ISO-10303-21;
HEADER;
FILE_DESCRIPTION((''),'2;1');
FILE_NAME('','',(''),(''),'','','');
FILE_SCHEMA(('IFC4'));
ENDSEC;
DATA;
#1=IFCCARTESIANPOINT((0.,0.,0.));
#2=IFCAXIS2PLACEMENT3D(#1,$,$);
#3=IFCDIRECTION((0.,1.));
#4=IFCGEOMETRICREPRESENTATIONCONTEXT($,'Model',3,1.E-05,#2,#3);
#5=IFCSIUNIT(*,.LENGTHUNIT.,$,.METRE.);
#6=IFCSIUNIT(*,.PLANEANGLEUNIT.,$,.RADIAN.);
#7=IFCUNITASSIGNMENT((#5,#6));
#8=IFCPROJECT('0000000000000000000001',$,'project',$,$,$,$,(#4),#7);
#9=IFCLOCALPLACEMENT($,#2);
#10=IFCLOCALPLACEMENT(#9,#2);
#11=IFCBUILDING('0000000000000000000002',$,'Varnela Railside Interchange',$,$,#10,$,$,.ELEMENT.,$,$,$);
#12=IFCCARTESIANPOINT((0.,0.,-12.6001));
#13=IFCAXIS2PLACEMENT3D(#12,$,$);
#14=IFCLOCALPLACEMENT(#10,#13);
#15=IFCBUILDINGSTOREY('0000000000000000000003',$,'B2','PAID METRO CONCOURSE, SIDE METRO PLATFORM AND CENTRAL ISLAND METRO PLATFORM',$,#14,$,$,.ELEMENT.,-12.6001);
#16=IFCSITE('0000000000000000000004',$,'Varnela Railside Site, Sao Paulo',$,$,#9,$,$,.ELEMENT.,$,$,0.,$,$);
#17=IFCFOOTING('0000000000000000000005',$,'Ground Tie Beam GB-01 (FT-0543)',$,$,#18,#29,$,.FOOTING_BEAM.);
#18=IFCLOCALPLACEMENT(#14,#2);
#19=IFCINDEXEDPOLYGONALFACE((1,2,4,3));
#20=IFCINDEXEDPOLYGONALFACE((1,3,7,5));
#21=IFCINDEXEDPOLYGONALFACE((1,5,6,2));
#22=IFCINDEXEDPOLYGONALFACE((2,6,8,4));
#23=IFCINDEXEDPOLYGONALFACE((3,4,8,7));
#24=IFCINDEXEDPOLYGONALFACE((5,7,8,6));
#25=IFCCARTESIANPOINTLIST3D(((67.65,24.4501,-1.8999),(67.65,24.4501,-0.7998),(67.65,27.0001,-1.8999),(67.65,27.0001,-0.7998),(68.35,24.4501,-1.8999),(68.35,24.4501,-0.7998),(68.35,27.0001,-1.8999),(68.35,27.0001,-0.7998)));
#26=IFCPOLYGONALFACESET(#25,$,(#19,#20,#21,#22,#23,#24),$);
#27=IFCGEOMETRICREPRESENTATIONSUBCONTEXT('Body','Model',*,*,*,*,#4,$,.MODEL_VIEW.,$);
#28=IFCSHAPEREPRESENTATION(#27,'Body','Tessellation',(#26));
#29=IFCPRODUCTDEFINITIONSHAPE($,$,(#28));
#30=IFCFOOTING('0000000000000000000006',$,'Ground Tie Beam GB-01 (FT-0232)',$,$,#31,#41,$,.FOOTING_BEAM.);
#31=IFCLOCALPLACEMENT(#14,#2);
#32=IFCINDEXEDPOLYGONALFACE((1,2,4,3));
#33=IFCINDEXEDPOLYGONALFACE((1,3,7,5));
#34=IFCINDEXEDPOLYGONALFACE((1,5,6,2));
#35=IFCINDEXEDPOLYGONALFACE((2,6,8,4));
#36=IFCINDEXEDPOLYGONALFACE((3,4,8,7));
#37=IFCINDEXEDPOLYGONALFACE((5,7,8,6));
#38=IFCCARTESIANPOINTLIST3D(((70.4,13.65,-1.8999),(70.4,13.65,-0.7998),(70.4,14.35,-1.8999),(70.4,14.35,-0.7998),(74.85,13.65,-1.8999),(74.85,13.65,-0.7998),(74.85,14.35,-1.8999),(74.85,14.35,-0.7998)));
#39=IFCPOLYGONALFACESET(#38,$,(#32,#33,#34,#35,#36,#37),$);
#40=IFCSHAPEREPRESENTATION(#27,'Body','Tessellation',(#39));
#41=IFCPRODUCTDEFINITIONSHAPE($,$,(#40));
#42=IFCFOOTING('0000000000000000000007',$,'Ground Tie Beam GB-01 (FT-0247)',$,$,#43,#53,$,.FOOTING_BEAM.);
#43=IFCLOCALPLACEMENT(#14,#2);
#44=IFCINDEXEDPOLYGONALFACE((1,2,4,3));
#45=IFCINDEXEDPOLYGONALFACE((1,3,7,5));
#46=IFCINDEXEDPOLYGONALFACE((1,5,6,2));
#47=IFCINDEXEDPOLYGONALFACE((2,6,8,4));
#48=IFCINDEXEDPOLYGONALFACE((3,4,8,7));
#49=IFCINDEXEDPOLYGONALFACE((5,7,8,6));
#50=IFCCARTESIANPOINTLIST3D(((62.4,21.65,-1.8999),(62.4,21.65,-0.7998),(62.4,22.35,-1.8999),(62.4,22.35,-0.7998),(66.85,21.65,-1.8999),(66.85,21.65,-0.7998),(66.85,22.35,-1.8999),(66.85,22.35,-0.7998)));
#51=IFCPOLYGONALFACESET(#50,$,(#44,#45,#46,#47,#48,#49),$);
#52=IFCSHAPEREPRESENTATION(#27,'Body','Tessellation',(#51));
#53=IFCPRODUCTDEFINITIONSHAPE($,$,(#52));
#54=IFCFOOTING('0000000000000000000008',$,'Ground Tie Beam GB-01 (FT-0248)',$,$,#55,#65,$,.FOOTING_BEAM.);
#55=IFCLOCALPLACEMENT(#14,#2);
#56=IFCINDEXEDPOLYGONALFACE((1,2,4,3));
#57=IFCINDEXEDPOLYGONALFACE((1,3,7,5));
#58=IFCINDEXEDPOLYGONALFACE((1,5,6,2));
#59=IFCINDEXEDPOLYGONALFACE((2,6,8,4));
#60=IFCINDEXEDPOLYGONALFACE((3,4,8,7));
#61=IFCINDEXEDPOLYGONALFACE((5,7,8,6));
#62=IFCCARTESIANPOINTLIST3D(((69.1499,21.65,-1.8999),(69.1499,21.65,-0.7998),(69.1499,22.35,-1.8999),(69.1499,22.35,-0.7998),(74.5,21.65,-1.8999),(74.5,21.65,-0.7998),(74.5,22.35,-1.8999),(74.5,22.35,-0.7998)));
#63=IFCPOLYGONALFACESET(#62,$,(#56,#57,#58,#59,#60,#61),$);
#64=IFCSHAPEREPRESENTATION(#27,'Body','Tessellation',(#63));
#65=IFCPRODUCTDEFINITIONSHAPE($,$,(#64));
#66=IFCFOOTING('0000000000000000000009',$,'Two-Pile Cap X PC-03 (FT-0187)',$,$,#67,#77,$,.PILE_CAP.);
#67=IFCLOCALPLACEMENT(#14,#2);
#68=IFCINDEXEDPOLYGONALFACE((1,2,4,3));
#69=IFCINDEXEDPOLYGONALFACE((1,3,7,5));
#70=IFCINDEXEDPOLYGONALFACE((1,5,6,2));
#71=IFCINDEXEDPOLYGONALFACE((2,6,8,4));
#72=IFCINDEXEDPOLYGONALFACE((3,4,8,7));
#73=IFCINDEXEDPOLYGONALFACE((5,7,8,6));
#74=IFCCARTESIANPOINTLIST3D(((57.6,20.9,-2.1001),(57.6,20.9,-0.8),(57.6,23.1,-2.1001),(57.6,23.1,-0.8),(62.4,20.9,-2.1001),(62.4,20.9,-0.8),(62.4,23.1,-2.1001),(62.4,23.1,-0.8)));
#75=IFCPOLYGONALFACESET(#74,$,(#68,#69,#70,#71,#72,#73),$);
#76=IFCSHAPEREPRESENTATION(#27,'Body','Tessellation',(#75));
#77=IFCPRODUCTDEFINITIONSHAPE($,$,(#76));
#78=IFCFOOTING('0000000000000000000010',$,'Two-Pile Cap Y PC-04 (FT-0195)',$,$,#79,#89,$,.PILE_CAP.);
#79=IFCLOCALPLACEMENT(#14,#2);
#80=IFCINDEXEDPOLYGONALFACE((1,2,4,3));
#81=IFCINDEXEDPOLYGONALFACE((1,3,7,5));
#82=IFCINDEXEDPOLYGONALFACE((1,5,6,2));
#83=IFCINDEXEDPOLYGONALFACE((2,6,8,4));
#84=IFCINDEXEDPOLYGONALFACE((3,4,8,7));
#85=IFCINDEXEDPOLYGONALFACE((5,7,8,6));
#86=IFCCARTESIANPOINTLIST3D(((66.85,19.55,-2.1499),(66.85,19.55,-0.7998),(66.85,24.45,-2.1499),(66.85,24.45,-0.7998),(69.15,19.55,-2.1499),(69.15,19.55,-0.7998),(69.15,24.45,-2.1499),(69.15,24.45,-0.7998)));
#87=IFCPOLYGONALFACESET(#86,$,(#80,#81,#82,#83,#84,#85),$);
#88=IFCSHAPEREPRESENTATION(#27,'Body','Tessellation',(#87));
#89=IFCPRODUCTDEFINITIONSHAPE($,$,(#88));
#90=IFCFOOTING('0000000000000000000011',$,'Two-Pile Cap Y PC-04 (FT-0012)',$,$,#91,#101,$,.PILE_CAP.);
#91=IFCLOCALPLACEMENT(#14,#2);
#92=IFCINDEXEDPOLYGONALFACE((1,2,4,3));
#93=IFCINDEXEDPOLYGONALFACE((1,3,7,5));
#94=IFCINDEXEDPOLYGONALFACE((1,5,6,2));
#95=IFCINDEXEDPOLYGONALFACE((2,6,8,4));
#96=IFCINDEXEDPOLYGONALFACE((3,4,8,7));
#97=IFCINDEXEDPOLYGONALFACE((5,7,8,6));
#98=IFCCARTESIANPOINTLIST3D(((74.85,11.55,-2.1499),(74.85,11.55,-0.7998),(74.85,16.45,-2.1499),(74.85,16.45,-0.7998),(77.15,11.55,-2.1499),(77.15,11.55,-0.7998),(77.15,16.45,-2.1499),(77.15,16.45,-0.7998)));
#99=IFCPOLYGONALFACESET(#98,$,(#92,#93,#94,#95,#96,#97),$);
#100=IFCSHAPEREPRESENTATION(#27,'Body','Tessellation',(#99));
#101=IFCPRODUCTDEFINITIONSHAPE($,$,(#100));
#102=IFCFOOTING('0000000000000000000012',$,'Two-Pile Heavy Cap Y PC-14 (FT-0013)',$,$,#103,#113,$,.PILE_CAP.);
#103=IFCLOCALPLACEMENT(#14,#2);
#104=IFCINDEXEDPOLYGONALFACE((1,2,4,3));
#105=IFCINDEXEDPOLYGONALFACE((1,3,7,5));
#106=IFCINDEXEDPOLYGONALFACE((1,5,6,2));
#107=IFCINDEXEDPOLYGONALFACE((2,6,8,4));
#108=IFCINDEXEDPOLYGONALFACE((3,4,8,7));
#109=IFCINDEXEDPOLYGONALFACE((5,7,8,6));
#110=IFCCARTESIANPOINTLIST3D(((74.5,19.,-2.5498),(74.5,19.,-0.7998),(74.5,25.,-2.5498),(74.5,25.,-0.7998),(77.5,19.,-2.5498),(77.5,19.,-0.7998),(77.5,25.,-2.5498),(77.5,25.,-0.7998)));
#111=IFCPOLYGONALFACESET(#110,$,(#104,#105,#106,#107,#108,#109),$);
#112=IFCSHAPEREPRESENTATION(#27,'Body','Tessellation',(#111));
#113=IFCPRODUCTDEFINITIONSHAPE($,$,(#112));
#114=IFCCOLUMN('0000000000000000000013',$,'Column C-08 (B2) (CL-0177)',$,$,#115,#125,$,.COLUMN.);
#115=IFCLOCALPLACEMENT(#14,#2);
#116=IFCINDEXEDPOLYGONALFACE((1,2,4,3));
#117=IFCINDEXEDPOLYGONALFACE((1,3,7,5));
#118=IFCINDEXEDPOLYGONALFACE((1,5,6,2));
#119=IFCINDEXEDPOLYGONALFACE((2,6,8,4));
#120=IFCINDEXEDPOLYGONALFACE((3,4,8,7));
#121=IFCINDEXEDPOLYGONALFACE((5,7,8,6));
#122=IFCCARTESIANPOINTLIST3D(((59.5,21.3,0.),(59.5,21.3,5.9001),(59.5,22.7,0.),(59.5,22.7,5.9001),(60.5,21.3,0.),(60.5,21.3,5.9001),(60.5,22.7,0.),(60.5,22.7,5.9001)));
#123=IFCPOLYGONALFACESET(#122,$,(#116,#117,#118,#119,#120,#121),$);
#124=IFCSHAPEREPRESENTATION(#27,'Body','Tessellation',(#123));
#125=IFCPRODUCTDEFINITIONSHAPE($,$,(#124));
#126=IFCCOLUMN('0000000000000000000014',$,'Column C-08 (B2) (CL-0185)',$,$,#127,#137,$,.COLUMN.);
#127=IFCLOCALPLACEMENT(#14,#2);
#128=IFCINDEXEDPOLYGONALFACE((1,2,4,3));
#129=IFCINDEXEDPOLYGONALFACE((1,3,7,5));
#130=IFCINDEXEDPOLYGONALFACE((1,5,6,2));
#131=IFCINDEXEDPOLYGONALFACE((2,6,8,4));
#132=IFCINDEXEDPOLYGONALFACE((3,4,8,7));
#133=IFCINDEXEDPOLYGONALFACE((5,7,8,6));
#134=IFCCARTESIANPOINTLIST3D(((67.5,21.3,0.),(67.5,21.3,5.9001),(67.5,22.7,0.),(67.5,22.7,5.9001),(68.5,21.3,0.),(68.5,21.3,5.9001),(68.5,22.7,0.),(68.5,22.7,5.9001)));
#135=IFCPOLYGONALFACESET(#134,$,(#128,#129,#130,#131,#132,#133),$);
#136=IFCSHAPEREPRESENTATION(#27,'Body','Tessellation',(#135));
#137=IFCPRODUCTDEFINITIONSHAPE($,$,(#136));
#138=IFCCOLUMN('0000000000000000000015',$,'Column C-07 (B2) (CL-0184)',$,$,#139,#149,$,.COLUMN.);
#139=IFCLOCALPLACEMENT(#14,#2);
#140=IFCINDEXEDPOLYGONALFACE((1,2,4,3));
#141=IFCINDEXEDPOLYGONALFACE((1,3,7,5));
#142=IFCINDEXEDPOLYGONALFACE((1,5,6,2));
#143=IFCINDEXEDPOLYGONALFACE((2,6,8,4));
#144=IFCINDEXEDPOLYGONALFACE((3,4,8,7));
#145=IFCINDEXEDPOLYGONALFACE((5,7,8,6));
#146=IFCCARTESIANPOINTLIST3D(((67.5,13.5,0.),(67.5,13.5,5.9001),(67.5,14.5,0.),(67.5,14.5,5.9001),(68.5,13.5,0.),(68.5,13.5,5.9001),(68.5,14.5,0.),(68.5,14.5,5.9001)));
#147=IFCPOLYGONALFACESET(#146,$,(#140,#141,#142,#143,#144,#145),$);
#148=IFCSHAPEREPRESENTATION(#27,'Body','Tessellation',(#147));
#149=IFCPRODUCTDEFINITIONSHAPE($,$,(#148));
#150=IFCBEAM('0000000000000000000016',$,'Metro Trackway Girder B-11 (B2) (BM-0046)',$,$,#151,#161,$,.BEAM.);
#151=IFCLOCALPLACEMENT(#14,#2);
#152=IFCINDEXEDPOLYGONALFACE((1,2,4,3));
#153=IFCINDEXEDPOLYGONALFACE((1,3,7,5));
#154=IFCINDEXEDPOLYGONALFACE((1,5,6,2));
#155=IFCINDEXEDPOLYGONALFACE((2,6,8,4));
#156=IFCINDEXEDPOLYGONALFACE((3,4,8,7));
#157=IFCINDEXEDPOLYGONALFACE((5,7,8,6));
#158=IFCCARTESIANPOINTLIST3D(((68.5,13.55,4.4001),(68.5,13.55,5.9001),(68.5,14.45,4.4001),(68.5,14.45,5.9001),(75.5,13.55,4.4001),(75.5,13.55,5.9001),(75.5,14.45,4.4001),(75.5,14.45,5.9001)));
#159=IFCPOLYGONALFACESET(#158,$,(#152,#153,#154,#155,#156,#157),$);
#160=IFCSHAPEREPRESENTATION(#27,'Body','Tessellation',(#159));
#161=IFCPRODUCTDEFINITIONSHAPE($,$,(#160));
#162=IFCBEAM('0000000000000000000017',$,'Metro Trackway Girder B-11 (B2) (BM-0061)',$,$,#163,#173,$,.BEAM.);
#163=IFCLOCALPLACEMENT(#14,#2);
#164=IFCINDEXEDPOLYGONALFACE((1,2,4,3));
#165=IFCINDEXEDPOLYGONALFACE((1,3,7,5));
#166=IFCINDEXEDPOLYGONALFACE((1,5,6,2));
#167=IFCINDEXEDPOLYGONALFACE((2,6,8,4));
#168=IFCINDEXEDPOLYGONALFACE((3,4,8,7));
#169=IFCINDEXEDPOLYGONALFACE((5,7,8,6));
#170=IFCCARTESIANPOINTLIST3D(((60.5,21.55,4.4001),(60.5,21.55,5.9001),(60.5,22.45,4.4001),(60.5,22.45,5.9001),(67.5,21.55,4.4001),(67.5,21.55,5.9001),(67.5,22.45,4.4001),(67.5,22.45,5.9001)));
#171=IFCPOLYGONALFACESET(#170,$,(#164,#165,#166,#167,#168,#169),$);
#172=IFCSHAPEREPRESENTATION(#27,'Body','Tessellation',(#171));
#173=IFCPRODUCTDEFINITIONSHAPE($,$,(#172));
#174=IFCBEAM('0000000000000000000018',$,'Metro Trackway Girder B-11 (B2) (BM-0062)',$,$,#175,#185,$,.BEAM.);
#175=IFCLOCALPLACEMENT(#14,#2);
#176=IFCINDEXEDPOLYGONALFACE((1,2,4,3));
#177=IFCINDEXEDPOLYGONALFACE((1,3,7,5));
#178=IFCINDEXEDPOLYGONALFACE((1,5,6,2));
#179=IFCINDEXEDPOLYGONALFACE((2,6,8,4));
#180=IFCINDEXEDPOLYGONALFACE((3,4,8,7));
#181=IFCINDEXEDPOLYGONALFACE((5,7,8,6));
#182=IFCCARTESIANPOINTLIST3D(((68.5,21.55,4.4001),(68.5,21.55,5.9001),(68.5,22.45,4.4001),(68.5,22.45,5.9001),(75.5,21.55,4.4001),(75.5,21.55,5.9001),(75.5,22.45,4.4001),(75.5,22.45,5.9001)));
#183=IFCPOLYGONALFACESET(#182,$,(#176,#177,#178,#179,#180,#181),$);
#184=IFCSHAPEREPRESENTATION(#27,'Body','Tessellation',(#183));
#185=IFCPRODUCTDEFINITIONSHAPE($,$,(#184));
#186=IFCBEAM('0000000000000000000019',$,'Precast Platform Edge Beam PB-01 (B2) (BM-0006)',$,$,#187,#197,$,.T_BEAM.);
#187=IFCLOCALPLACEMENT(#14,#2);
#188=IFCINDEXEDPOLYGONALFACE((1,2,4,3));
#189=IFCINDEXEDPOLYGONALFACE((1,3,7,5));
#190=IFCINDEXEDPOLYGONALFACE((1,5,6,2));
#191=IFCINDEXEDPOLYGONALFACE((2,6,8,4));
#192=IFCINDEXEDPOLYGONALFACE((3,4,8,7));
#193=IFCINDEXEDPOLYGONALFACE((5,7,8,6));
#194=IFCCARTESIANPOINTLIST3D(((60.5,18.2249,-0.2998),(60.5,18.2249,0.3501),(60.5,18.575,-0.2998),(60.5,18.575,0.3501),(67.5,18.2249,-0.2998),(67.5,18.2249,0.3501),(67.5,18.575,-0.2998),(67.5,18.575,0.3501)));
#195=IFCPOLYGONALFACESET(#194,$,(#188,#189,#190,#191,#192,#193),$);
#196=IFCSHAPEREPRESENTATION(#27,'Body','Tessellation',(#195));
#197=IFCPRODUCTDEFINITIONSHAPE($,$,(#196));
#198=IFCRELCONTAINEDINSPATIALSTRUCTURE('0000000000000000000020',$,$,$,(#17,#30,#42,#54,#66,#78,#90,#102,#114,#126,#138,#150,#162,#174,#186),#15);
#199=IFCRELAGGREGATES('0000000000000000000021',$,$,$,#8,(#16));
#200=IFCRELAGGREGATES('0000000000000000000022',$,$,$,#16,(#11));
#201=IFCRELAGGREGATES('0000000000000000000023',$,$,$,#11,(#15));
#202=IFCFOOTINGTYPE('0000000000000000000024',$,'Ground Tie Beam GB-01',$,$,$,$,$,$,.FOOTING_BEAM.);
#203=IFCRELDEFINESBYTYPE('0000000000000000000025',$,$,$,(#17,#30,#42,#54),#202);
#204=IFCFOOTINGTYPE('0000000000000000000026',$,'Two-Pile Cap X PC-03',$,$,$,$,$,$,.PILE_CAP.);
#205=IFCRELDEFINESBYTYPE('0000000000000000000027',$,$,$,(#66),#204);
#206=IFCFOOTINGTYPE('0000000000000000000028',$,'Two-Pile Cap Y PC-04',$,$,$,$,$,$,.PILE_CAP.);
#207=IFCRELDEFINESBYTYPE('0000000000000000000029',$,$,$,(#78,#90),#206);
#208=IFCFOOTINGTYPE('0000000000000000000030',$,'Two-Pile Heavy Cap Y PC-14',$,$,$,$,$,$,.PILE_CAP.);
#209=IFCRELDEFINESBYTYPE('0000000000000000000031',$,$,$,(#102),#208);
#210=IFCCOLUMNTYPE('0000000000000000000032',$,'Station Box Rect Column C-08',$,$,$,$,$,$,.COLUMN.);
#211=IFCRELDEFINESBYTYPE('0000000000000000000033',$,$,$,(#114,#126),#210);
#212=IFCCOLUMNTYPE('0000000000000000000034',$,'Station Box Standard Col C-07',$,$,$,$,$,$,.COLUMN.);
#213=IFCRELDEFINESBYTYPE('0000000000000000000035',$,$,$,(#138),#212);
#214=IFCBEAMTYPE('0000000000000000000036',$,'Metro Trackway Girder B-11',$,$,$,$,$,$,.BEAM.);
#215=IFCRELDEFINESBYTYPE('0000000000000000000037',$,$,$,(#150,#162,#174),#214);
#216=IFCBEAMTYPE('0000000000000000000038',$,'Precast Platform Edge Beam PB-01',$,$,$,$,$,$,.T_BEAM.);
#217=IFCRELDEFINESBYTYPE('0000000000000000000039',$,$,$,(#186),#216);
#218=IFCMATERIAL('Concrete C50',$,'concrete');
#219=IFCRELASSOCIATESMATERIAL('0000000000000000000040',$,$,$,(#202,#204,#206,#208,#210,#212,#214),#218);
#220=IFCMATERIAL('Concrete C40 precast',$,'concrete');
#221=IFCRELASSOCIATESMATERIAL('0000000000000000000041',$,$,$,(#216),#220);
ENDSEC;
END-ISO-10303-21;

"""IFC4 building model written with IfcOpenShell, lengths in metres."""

from ifc_helpers import new_model, si_unit, direction, frame, origin, origin_2d, place, context, subcontext, project, spatial, rectangle, extrude, material, material_profile, profile_set, type_object, element, save


model = new_model("IFC4")

# Units and contexts
model_context = context("Model", 3, precision=1e-05, world=origin(), true_north=direction((0.0, 1.0)))
body_context = subcontext(model_context, "Body", "Model", "MODEL_VIEW")
ifc_project = project(units=[si_unit("LENGTHUNIT", "METRE"), si_unit("PLANEANGLEUNIT", "RADIAN")], contexts=[model_context])

# Site, building, storey
site_placement = place(None, origin())
site = spatial("IfcSite", under=ifc_project, at=site_placement, Name="Varnela Railside Site, Sao Paulo", CompositionType="ELEMENT", RefElevation=0.0)
building_placement = place(site_placement, origin())
building = spatial("IfcBuilding", under=site, at=building_placement, Name="Varnela Railside Interchange", CompositionType="ELEMENT")
storey_placement = place(building_placement, frame((0.0, 0.0, -12.6001)))
storey = spatial("IfcBuildingStorey", under=building, at=storey_placement, Name="B2", Description="PAID METRO CONCOURSE, SIDE METRO PLATFORM AND CENTRAL ISLAND METRO PLATFORM", CompositionType="ELEMENT", Elevation=-12.6001)

# Footings
ifc_material_1 = material(Name="Concrete C50", Category="concrete")
footing_type_1 = type_object("IfcFootingType", Name="Ground Tie Beam GB-01", PredefinedType="FOOTING_BEAM", material=ifc_material_1)
footing_1_placement = place(storey_placement, frame((68.0, 25.7251, -1.8999), z_axis=(0.0, 0.0, 1.0), x_axis=(1.0, 0.0, 0.0)))
element("IfcFooting", 1, at=footing_1_placement, inside=storey, type_object=footing_type_1, Name="Ground Tie Beam GB-01 (FT-0543)", PredefinedType="FOOTING_BEAM", context=body_context, shape_type="SweptSolid", body=[
    extrude(rectangle(XDim=0.7, YDim=2.55, at=origin_2d()), origin(), (0.0, 0.0, 1.0), 1.1001),
])
for number, where, z_axis, x_axis, name in (
    (2, (72.625, 14.0, -1.8999), (0.0, 0.0, 1.0), (1.0, 0.0, 0.0), "Ground Tie Beam GB-01 (FT-0232)"),
    (3, (64.625, 22.0, -1.8999), (0.0, 0.0, 1.0), (1.0, 0.0, 0.0), "Ground Tie Beam GB-01 (FT-0247)"),
):
    element("IfcFooting", number, at=place(storey_placement, frame(where, z_axis=z_axis, x_axis=x_axis)), inside=storey, type_object=footing_type_1, Name=name, PredefinedType="FOOTING_BEAM", context=body_context, shape_type="SweptSolid", body=[
        extrude(rectangle(XDim=4.45, YDim=0.7, at=origin_2d()), origin(), (0.0, 0.0, 1.0), 1.1001),
    ])
footing_2_placement = place(storey_placement, frame((71.825, 22.0, -1.8999), z_axis=(0.0, 0.0, 1.0), x_axis=(1.0, 0.0, 0.0)))
element("IfcFooting", 4, at=footing_2_placement, inside=storey, type_object=footing_type_1, Name="Ground Tie Beam GB-01 (FT-0248)", PredefinedType="FOOTING_BEAM", context=body_context, shape_type="SweptSolid", body=[
    extrude(rectangle(XDim=5.3501, YDim=0.7, at=origin_2d()), origin(), (0.0, 0.0, 1.0), 1.1001),
])
footing_type_2 = type_object("IfcFootingType", Name="Two-Pile Cap X PC-03", PredefinedType="PILE_CAP", material=ifc_material_1)
footing_3_placement = place(storey_placement, frame((60.0, 22.0, -2.1001), z_axis=(0.0, 0.0, 1.0), x_axis=(1.0, 0.0, 0.0)))
element("IfcFooting", 5, at=footing_3_placement, inside=storey, type_object=footing_type_2, Name="Two-Pile Cap X PC-03 (FT-0187)", PredefinedType="PILE_CAP", context=body_context, shape_type="SweptSolid", body=[
    extrude(rectangle(XDim=4.8, YDim=2.2, at=origin_2d()), origin(), (0.0, 0.0, 1.0), 1.3),
])
footing_type_3 = type_object("IfcFootingType", Name="Two-Pile Cap Y PC-04", PredefinedType="PILE_CAP", material=ifc_material_1)
for number, where, z_axis, x_axis, name in (
    (6, (68.0, 22.0, -2.1499), (0.0, 0.0, 1.0), (1.0, 0.0, 0.0), "Two-Pile Cap Y PC-04 (FT-0195)"),
    (7, (76.0, 14.0, -2.1499), (0.0, 0.0, 1.0), (1.0, 0.0, 0.0), "Two-Pile Cap Y PC-04 (FT-0012)"),
):
    element("IfcFooting", number, at=place(storey_placement, frame(where, z_axis=z_axis, x_axis=x_axis)), inside=storey, type_object=footing_type_3, Name=name, PredefinedType="PILE_CAP", context=body_context, shape_type="SweptSolid", body=[
        extrude(rectangle(XDim=2.3, YDim=4.8999, at=origin_2d()), origin(), (0.0, 0.0, 1.0), 1.3501),
    ])
footing_type_4 = type_object("IfcFootingType", Name="Two-Pile Heavy Cap Y PC-14", PredefinedType="PILE_CAP", material=ifc_material_1)
footing_4_placement = place(storey_placement, frame((76.0, 22.0, -2.5498), z_axis=(0.0, 0.0, 1.0), x_axis=(1.0, 0.0, 0.0)))
element("IfcFooting", 8, at=footing_4_placement, inside=storey, type_object=footing_type_4, Name="Two-Pile Heavy Cap Y PC-14 (FT-0013)", PredefinedType="PILE_CAP", context=body_context, shape_type="SweptSolid", body=[
    extrude(rectangle(XDim=3.0, YDim=6.0, at=origin_2d()), origin(), (0.0, 0.0, 1.0), 1.75),
])

# Columns
ifc_material_profile_1 = material_profile(ifc_material_1, rectangle(XDim=1.0, YDim=1.3999, at=origin_2d()), Name="RC 1000x1400")
ifc_profile_set_1 = profile_set([ifc_material_profile_1], Name="Concrete C50")
column_type_1 = type_object("IfcColumnType", Name="Station Box Rect Column C-08", PredefinedType="COLUMN", material=ifc_profile_set_1)
for number, where, z_axis, x_axis, name in (
    (9, (60.0, 22.0, 0.0), (0.0, 0.0, 1.0), (1.0, 0.0, 0.0), "Column C-08 (B2) (CL-0177)"),
    (10, (68.0, 22.0, 0.0), (0.0, 0.0, 1.0), (1.0, 0.0, 0.0), "Column C-08 (B2) (CL-0185)"),
):
    element("IfcColumn", number, at=place(storey_placement, frame(where, z_axis=z_axis, x_axis=x_axis)), inside=storey, type_object=column_type_1, Name=name, PredefinedType="COLUMN", context=body_context, shape_type="SweptSolid", body=[
        extrude(rectangle(XDim=1.0, YDim=1.3999, at=origin_2d()), origin(), (0.0, 0.0, 1.0), 5.9001),
    ])
ifc_material_profile_2 = material_profile(ifc_material_1, rectangle(XDim=1.0, YDim=1.0, at=origin_2d()), Name="RC 1000x1000")
ifc_profile_set_2 = profile_set([ifc_material_profile_2], Name="Concrete C50")
column_type_2 = type_object("IfcColumnType", Name="Station Box Standard Col C-07", PredefinedType="COLUMN", material=ifc_profile_set_2)
column_placement = place(storey_placement, frame((68.0, 14.0, 0.0), z_axis=(0.0, 0.0, 1.0), x_axis=(1.0, 0.0, 0.0)))
element("IfcColumn", 11, at=column_placement, inside=storey, type_object=column_type_2, Name="Column C-07 (B2) (CL-0184)", PredefinedType="COLUMN", context=body_context, shape_type="SweptSolid", body=[
    extrude(rectangle(XDim=1.0, YDim=1.0, at=origin_2d()), origin(), (0.0, 0.0, 1.0), 5.9001),
])

# Beams
ifc_material_profile_3 = material_profile(ifc_material_1, rectangle(XDim=0.8999, YDim=1.5, at=origin_2d()), Name="RC 900x1500")
ifc_profile_set_3 = profile_set([ifc_material_profile_3], Name="Concrete C50")
beam_type_1 = type_object("IfcBeamType", Name="Metro Trackway Girder B-11", PredefinedType="BEAM", material=ifc_profile_set_3)
for number, where, z_axis, x_axis, name in (
    (12, (68.5, 14.0, 5.1501), (1.0, 0.0, 0.0), (0.0, 1.0, 0.0), "Metro Trackway Girder B-11 (B2) (BM-0046)"),
    (13, (60.5, 22.0, 5.1501), (1.0, 0.0, 0.0), (0.0, 1.0, 0.0), "Metro Trackway Girder B-11 (B2) (BM-0061)"),
    (14, (68.5, 22.0, 5.1501), (1.0, 0.0, 0.0), (0.0, 1.0, 0.0), "Metro Trackway Girder B-11 (B2) (BM-0062)"),
):
    element("IfcBeam", number, at=place(storey_placement, frame(where, z_axis=z_axis, x_axis=x_axis)), inside=storey, type_object=beam_type_1, Name=name, PredefinedType="BEAM", context=body_context, shape_type="SweptSolid", body=[
        extrude(rectangle(XDim=0.8999, YDim=1.5, at=origin_2d()), origin(), (0.0, 0.0, 1.0), 7.0),
    ])
ifc_material_2 = material(Name="Concrete C40 precast", Category="concrete")
ifc_material_profile_4 = material_profile(ifc_material_2, rectangle(XDim=0.3501, YDim=0.6499, at=origin_2d()), Name="PC 350x650")
ifc_profile_set_4 = profile_set([ifc_material_profile_4], Name="Concrete C40 precast")
beam_type_2 = type_object("IfcBeamType", Name="Precast Platform Edge Beam PB-01", PredefinedType="T_BEAM", material=ifc_profile_set_4)
for number, where, z_axis, x_axis, name in (
    (15, (60.5, 18.3999, 0.0251), (1.0, 0.0, 0.0), (0.0, 1.0, 0.0), "Precast Platform Edge Beam PB-01 (B2) (BM-0006)"),
):
    element("IfcBeam", number, at=place(storey_placement, frame(where, z_axis=z_axis, x_axis=x_axis)), inside=storey, type_object=beam_type_2, Name=name, PredefinedType="T_BEAM", context=body_context, shape_type="SweptSolid", body=[
        extrude(rectangle(XDim=0.3501, YDim=0.6499, at=origin_2d()), origin(), (0.0, 0.0, 1.0), 7.0),
    ])

save(model, "model.ifc")
